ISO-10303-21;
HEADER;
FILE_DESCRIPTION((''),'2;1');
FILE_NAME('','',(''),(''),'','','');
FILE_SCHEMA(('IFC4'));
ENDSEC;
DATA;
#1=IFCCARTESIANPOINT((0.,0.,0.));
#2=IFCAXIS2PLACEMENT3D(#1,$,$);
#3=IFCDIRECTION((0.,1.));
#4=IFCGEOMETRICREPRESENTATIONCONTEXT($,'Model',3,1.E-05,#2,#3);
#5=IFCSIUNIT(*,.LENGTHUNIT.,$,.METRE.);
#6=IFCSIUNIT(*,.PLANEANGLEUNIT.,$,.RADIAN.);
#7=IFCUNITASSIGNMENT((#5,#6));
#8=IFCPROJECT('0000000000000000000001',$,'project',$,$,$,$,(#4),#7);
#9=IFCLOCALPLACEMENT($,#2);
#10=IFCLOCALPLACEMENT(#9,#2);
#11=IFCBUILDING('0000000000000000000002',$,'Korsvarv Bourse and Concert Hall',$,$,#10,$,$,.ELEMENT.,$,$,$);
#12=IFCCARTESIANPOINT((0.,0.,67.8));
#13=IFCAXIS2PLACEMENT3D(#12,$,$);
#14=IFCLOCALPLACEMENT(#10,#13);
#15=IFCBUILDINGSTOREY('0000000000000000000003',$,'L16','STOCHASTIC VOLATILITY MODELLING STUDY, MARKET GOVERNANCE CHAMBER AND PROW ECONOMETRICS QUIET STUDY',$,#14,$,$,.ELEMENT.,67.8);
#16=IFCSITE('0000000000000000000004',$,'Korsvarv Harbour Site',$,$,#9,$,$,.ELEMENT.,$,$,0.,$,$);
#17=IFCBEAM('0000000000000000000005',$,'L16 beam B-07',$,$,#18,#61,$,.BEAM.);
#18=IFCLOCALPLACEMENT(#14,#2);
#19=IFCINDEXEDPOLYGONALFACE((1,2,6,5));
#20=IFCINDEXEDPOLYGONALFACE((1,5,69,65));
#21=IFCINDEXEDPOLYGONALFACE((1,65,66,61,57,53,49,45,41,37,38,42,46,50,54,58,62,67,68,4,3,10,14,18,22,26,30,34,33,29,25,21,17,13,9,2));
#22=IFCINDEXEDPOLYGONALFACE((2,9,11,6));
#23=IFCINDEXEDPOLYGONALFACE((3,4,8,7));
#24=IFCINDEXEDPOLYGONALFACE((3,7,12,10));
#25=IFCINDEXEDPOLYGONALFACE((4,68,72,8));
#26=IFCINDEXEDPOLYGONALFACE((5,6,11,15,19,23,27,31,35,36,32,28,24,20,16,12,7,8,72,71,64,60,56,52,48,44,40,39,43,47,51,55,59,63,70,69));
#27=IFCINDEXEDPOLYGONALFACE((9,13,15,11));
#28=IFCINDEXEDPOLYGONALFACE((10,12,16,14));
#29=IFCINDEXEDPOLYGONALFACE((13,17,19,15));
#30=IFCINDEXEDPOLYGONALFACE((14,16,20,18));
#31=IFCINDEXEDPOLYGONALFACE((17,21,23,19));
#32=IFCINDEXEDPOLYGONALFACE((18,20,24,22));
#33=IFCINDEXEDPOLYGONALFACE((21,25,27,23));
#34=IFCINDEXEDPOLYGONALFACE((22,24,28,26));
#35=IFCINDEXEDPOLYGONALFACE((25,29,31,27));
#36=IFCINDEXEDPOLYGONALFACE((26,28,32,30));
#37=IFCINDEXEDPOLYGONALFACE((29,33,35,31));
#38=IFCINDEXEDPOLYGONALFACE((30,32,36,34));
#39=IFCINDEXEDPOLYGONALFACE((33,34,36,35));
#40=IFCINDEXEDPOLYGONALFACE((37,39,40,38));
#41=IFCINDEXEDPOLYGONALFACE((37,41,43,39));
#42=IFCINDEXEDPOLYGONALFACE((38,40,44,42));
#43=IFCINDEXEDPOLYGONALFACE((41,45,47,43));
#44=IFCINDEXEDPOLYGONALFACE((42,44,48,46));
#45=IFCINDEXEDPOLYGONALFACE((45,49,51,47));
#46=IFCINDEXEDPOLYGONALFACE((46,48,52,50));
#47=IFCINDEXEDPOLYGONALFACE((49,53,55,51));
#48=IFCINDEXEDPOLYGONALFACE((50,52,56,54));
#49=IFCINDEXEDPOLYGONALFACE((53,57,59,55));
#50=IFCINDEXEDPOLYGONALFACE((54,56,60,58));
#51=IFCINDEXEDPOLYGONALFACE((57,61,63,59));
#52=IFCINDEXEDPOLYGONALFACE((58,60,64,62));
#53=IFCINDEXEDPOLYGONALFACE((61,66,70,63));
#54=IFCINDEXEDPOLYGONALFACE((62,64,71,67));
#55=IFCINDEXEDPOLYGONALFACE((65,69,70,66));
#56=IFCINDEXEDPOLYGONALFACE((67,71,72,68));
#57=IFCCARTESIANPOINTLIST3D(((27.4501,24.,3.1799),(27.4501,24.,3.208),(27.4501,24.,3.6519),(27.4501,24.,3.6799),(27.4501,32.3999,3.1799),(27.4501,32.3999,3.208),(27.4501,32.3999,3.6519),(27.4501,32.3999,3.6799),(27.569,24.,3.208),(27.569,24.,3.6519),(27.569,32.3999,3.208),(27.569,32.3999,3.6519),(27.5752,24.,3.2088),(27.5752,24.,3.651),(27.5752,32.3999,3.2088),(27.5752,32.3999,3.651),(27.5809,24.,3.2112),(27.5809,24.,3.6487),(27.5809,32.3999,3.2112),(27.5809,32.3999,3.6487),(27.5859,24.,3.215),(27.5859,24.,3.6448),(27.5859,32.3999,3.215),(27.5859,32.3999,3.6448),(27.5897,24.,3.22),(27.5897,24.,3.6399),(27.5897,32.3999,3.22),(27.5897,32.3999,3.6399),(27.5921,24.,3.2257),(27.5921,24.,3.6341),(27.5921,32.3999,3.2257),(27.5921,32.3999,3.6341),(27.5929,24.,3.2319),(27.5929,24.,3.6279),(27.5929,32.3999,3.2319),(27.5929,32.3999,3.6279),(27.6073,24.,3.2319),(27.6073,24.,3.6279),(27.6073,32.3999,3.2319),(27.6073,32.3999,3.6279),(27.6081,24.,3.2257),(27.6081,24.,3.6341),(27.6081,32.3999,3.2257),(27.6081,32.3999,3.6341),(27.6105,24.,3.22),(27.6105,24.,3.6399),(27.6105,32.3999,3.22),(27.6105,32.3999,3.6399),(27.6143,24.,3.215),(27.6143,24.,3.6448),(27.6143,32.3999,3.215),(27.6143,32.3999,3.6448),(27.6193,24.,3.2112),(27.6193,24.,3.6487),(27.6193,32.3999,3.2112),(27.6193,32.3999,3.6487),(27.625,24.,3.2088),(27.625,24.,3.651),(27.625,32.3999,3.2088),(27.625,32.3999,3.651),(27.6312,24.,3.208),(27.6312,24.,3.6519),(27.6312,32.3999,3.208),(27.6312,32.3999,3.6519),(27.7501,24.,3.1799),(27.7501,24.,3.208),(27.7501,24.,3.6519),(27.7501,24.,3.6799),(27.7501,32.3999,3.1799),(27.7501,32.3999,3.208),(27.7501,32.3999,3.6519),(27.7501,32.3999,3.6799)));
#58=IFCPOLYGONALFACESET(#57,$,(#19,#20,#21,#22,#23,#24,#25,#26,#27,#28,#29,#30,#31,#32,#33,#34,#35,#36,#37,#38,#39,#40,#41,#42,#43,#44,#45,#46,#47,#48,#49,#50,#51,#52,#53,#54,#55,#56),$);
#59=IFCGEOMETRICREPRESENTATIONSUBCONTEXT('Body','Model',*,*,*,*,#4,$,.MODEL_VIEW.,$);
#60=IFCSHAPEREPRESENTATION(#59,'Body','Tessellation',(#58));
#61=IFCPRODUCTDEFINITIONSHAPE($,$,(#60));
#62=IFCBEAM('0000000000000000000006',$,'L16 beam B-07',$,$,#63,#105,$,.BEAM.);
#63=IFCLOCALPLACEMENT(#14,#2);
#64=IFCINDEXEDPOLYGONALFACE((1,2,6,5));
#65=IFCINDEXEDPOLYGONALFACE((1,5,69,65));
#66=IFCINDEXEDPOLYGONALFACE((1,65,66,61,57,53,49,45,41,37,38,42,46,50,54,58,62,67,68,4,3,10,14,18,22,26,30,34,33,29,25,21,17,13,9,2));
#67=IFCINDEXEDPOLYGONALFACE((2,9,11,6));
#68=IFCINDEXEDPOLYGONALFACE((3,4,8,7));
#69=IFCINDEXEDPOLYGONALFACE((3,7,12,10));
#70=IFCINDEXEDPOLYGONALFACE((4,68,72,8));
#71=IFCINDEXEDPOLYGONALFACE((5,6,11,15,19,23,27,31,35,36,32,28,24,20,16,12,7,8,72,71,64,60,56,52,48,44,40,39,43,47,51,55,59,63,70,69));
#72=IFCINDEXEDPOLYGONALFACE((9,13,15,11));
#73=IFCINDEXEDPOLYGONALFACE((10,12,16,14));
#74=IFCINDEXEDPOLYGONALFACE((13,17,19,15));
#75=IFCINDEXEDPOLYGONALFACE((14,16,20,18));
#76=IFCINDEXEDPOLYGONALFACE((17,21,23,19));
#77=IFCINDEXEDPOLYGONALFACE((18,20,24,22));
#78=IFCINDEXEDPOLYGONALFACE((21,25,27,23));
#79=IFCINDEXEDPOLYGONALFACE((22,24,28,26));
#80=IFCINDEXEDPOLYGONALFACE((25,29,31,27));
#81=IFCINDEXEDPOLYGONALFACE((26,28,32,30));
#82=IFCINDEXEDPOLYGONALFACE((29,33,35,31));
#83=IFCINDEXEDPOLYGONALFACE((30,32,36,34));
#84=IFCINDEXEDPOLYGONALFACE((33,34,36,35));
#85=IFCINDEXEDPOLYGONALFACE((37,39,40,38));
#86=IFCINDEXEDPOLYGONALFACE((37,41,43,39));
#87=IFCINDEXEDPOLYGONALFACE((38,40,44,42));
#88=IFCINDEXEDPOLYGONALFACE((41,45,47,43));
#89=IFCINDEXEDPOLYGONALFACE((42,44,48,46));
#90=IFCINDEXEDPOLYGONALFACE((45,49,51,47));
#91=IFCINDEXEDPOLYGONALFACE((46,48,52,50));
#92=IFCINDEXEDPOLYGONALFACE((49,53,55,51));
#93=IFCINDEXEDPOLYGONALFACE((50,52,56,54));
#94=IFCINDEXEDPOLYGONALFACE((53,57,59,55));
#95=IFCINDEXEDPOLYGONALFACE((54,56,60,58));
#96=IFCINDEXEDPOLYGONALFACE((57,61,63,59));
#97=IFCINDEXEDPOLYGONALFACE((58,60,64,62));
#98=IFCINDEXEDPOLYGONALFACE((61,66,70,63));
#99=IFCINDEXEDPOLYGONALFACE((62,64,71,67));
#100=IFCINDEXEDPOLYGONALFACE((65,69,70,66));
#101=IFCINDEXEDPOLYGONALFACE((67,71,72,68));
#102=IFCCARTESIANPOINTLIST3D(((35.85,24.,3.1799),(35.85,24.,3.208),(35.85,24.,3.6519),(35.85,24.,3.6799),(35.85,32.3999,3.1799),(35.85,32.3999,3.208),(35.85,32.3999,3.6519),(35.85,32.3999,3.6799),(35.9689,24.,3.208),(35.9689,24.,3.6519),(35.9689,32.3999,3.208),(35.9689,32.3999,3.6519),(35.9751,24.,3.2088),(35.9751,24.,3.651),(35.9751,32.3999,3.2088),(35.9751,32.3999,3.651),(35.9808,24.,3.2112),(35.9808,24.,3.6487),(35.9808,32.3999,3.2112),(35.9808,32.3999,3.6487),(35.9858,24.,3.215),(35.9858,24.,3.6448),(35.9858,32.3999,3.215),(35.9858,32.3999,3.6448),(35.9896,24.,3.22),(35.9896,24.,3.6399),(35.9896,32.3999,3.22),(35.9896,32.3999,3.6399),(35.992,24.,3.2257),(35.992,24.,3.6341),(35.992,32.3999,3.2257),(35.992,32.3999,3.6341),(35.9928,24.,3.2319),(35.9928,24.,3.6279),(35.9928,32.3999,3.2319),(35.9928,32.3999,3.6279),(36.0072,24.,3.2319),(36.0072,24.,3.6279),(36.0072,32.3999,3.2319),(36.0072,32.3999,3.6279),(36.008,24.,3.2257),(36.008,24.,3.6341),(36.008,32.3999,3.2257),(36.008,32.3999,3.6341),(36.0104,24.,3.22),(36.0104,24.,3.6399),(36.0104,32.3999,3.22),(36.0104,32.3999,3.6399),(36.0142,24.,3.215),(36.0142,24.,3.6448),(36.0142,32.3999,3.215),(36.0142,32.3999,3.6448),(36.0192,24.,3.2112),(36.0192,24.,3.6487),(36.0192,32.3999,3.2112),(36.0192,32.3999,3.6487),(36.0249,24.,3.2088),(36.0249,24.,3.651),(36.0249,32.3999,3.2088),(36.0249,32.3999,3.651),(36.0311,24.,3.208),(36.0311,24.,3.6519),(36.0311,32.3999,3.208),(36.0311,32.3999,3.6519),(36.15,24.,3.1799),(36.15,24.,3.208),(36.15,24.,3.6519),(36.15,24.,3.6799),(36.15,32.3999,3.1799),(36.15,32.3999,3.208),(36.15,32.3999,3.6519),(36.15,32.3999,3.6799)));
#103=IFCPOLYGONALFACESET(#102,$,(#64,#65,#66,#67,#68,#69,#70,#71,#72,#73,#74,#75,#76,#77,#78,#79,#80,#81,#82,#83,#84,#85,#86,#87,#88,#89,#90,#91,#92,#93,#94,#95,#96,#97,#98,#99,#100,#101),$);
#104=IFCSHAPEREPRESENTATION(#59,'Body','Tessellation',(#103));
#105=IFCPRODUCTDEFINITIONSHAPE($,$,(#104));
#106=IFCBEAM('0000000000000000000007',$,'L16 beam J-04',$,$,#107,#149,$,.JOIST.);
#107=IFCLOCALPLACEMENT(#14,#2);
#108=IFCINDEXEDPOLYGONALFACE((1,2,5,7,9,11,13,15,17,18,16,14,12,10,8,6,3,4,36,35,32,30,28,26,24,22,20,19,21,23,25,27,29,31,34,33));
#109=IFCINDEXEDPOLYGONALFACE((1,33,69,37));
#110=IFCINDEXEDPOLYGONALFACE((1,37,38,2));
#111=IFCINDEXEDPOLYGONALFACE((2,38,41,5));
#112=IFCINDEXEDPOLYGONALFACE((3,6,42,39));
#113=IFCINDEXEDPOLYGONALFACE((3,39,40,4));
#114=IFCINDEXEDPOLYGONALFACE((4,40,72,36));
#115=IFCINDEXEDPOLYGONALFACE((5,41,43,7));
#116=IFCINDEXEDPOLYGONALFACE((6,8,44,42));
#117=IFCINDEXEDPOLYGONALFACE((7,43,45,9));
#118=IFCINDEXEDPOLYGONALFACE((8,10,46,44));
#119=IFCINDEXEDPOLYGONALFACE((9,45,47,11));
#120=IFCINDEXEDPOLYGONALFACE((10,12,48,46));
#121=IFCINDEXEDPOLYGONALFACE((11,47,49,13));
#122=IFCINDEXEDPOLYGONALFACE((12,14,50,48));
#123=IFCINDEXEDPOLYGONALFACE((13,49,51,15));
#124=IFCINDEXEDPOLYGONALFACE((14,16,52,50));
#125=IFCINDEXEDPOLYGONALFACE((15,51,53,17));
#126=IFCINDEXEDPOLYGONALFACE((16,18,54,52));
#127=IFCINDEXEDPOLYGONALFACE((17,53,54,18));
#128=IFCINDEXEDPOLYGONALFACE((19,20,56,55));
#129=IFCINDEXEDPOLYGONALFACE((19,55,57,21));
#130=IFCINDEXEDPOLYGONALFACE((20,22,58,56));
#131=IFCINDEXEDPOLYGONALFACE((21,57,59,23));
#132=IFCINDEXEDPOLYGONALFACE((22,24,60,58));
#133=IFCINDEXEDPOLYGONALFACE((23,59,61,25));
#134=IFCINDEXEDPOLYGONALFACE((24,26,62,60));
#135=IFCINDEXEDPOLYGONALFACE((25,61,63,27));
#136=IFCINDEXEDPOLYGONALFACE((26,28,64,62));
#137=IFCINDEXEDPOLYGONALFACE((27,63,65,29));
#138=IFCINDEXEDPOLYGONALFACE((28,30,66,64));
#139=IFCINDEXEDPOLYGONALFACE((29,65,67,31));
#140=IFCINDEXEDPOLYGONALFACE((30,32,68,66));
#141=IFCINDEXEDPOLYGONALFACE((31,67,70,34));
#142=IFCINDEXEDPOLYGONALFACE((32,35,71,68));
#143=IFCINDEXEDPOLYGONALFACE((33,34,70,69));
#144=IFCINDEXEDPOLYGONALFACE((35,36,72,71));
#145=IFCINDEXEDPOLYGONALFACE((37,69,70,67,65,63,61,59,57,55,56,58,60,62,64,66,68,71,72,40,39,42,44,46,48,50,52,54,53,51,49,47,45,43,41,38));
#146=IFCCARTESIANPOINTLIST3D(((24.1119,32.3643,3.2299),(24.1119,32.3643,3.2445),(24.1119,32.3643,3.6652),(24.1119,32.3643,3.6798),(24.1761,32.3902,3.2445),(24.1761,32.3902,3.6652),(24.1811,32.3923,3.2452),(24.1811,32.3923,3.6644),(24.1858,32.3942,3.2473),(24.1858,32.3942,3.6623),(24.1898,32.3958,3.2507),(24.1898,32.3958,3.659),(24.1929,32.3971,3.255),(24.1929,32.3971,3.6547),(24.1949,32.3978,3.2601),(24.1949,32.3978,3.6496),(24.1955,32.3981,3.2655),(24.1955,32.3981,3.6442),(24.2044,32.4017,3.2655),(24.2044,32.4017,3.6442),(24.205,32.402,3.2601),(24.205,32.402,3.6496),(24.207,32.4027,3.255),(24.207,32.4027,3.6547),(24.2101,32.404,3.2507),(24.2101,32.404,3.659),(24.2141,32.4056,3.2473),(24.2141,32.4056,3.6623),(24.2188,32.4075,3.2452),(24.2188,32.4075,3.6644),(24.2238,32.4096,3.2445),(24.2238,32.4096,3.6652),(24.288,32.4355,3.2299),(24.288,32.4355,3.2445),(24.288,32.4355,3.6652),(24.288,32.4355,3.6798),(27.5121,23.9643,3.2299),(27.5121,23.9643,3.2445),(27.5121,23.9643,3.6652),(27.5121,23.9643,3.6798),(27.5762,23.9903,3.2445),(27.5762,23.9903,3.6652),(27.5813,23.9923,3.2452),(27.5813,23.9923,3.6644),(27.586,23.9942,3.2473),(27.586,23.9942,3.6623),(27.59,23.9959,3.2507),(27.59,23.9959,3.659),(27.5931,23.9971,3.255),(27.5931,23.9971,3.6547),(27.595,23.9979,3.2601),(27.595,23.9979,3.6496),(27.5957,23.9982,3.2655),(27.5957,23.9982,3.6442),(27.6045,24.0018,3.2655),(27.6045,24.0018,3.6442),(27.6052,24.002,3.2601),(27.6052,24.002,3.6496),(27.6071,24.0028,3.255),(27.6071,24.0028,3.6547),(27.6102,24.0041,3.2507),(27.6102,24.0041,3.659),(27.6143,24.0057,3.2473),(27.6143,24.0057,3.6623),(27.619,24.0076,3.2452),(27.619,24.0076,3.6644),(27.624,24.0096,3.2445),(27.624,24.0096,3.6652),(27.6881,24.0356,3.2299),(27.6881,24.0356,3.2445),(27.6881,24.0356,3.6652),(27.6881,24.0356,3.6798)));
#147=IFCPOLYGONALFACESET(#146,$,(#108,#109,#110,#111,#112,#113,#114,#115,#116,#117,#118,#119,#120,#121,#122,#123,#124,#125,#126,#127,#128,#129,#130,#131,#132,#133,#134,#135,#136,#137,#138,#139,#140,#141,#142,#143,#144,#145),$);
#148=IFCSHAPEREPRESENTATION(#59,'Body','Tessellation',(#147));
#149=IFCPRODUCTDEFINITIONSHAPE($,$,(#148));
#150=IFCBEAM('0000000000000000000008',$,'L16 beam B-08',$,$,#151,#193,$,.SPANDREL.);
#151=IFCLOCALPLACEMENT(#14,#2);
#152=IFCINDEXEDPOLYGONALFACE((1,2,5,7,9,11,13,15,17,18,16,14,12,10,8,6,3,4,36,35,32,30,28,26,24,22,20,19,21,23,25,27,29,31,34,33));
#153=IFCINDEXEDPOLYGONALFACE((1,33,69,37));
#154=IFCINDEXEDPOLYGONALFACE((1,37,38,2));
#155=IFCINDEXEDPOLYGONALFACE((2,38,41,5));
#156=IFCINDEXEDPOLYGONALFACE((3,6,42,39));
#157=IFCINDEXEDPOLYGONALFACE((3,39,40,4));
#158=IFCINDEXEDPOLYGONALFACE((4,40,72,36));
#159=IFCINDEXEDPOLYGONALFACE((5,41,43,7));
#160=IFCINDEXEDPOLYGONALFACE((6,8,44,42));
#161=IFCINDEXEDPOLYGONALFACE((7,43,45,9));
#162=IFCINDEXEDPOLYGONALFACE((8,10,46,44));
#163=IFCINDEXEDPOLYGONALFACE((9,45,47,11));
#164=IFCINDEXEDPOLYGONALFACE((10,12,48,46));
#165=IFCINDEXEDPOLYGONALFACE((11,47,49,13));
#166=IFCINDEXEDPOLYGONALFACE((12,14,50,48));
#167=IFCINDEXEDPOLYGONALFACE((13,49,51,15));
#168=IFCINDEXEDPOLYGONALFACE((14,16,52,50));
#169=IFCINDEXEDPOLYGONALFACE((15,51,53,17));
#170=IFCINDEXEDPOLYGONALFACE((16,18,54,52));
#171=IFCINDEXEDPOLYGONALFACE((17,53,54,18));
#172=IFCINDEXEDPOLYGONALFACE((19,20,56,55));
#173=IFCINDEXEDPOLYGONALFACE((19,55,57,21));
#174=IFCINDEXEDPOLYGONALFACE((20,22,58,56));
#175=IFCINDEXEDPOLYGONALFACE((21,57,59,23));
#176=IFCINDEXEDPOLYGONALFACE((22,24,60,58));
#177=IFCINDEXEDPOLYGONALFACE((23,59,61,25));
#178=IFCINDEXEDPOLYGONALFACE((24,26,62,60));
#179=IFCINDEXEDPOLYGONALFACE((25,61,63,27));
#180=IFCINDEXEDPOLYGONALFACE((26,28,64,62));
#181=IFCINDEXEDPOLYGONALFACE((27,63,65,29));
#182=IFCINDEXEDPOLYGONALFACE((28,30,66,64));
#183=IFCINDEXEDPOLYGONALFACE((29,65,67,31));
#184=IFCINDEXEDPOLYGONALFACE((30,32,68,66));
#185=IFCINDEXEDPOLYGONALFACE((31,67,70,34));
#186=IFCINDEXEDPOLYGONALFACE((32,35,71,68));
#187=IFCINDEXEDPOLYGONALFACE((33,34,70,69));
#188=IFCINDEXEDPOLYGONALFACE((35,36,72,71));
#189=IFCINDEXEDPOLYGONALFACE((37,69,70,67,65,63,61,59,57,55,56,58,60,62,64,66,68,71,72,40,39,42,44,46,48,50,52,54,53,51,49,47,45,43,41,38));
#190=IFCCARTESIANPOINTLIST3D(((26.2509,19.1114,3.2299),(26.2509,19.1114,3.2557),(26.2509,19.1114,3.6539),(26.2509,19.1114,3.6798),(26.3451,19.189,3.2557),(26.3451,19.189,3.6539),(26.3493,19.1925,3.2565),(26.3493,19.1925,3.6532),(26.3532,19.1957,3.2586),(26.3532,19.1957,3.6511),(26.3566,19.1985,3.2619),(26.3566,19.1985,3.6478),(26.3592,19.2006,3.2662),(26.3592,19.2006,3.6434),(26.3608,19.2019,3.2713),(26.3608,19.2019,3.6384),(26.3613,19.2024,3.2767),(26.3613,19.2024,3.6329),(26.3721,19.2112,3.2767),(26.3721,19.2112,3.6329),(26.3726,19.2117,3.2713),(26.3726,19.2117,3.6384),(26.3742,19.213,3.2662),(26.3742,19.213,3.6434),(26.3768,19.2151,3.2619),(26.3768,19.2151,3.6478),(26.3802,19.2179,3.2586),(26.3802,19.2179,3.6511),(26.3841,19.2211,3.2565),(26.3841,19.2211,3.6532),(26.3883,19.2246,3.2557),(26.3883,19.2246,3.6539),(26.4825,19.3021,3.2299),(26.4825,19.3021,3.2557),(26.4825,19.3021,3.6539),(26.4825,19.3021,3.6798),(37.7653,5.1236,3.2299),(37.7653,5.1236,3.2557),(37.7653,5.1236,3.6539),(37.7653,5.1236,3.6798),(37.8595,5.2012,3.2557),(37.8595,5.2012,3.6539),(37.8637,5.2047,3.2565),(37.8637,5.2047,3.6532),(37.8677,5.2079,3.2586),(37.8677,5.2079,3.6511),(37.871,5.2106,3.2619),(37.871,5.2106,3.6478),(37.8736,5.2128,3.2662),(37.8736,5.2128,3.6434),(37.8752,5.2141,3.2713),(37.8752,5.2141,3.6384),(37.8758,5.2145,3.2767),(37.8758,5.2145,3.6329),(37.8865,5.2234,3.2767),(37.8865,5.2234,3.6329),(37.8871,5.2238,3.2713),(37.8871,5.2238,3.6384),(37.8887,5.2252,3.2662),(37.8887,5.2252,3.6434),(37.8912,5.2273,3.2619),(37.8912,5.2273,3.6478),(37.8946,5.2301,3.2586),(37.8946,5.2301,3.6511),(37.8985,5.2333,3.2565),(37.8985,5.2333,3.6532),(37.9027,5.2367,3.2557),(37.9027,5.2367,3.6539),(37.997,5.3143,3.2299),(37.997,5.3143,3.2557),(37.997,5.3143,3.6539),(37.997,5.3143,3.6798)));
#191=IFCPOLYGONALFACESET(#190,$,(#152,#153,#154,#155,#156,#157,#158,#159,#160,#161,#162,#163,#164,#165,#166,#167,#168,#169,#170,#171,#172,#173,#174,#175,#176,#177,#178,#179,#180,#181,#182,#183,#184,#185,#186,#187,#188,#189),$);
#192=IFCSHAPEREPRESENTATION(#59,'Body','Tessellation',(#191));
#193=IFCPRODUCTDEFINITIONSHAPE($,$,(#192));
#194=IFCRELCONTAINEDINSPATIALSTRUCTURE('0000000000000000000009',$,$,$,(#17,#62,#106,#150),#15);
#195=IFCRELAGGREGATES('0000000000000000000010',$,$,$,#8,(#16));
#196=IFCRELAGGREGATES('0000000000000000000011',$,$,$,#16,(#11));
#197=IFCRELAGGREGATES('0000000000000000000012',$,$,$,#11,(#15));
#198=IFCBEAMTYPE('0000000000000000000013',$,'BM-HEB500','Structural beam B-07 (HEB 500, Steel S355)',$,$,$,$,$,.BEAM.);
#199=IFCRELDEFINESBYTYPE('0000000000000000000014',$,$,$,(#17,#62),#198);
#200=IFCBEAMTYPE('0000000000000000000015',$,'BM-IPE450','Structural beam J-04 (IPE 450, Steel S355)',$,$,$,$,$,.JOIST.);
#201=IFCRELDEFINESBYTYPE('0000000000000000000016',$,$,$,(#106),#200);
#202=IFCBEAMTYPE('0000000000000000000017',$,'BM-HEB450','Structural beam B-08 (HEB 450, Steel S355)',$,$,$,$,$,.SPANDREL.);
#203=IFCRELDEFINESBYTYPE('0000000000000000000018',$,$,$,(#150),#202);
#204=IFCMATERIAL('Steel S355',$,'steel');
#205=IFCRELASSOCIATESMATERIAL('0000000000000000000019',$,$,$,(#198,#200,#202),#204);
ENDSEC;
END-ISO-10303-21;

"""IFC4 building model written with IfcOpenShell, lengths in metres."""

from ifc_helpers import new_model, si_unit, direction, frame, origin, origin_2d, place, context, subcontext, project, spatial, i_section, extrude, source, transform, mapped, material, material_profile, profile_set, type_object, element, save


model = new_model("IFC4")

# Units and contexts
model_context = context("Model", 3, precision=1e-05, world=origin(), true_north=direction((0.0, 1.0)))
body_context = subcontext(model_context, "Body", "Model", "MODEL_VIEW")
ifc_project = project(units=[si_unit("LENGTHUNIT", "METRE"), si_unit("PLANEANGLEUNIT", "RADIAN")], contexts=[model_context])

# Site, building, storey
site_placement = place(None, origin())
site = spatial("IfcSite", under=ifc_project, at=site_placement, Name="Korsvarv Harbour Site", CompositionType="ELEMENT", RefElevation=0.0)
building_placement = place(site_placement, origin())
building = spatial("IfcBuilding", under=site, at=building_placement, Name="Korsvarv Bourse and Concert Hall", CompositionType="ELEMENT")
storey_placement = place(building_placement, frame((0.0, 0.0, 67.8)))
storey = spatial("IfcBuildingStorey", under=building, at=storey_placement, Name="L16", Description="STOCHASTIC VOLATILITY MODELLING STUDY, MARKET GOVERNANCE CHAMBER AND PROW ECONOMETRICS QUIET STUDY", CompositionType="ELEMENT", Elevation=67.8)

# Beams
ifc_material_1 = material(Name="Steel S355", Category="steel")
ifc_material_profile_1 = material_profile(ifc_material_1, i_section(OverallWidth=0.3, OverallDepth=0.5, WebThickness=0.0144, FlangeThickness=0.0281, FilletRadius=0.0239, at=origin_2d()), Name="HEB 500")
ifc_profile_set_1 = profile_set([ifc_material_profile_1], Name="Steel S355")
beam_type_1 = type_object("IfcBeamType", Name="BM-HEB500", Description="Structural beam B-07 (HEB 500, Steel S355)", PredefinedType="BEAM", material=ifc_profile_set_1)
shared_shape_1 = source(origin(), body_context, "Body", "SweptSolid", [
    extrude(i_section(OverallWidth=0.3, OverallDepth=0.5, WebThickness=0.0144, FlangeThickness=0.0281, FilletRadius=0.0239, at=origin_2d()), origin(), (0.0, 0.0, 1.0), 8.3999),
])
for number, where, z_axis, x_axis, name in (
    (1, (27.6001, 24.0, 3.4299), (0.0, 1.0, 0.0), (-1.0, 0.0, 0.0), "L16 beam B-07"),
    (2, (36.0, 24.0, 3.4299), (0.0, 1.0, 0.0), (-1.0, 0.0, 0.0), "L16 beam B-07"),
):
    element("IfcBeam", number, at=place(storey_placement, frame(where, z_axis=z_axis, x_axis=x_axis)), inside=storey, type_object=beam_type_1, Name=name, PredefinedType="BEAM", context=body_context, shape_type="MappedRepresentation", body=[
        mapped(shared_shape_1, transform((0.0, 0.0, 0.0), scale=1.0)),
    ])
ifc_material_profile_2 = material_profile(ifc_material_1, i_section(OverallWidth=0.1899, OverallDepth=0.45, WebThickness=0.0095, FlangeThickness=0.0146, FilletRadius=0.021, at=origin_2d()), Name="IPE 450")
ifc_profile_set_2 = profile_set([ifc_material_profile_2], Name="Steel S355")
beam_type_2 = type_object("IfcBeamType", Name="BM-IPE450", Description="Structural beam J-04 (IPE 450, Steel S355)", PredefinedType="JOIST", material=ifc_profile_set_2)
shared_shape_2 = source(origin(), body_context, "Body", "SweptSolid", [
    extrude(i_section(OverallWidth=0.1899, OverallDepth=0.45, WebThickness=0.0095, FlangeThickness=0.0146, FilletRadius=0.021, at=origin_2d()), origin(), (0.0, 0.0, 1.0), 9.062),
])
beam_1_placement = place(storey_placement, frame((24.2, 32.3999, 3.4548), z_axis=(0.37521, -0.92694, 0.0), x_axis=(0.92694, 0.37521, 0.0)))
element("IfcBeam", 3, at=beam_1_placement, inside=storey, type_object=beam_type_2, Name="L16 beam J-04", PredefinedType="JOIST", context=body_context, shape_type="MappedRepresentation", body=[
    mapped(shared_shape_2, transform((0.0, 0.0, 0.0), scale=1.0)),
])
ifc_material_profile_3 = material_profile(ifc_material_1, i_section(OverallWidth=0.3, OverallDepth=0.45, WebThickness=0.0139, FlangeThickness=0.0259, FilletRadius=0.021, at=origin_2d()), Name="HEB 450")
ifc_profile_set_3 = profile_set([ifc_material_profile_3], Name="Steel S355")
beam_type_3 = type_object("IfcBeamType", Name="BM-HEB450", Description="Structural beam B-08 (HEB 450, Steel S355)", PredefinedType="SPANDREL", material=ifc_profile_set_3)
shared_shape_3 = source(origin(), body_context, "Body", "SweptSolid", [
    extrude(i_section(OverallWidth=0.3, OverallDepth=0.45, WebThickness=0.0139, FlangeThickness=0.0259, FilletRadius=0.021, at=origin_2d()), origin(), (0.0, 0.0, 1.0), 18.1174),
])
beam_2_placement = place(storey_placement, frame((26.3667, 19.2068, 3.4548), z_axis=(0.635544, -0.772064, 0.0), x_axis=(0.772064, 0.635544, 0.0)))
element("IfcBeam", 4, at=beam_2_placement, inside=storey, type_object=beam_type_3, Name="L16 beam B-08", PredefinedType="SPANDREL", context=body_context, shape_type="MappedRepresentation", body=[
    mapped(shared_shape_3, transform((0.0, 0.0, 0.0), scale=1.0)),
])

save(model, "model.ifc")
